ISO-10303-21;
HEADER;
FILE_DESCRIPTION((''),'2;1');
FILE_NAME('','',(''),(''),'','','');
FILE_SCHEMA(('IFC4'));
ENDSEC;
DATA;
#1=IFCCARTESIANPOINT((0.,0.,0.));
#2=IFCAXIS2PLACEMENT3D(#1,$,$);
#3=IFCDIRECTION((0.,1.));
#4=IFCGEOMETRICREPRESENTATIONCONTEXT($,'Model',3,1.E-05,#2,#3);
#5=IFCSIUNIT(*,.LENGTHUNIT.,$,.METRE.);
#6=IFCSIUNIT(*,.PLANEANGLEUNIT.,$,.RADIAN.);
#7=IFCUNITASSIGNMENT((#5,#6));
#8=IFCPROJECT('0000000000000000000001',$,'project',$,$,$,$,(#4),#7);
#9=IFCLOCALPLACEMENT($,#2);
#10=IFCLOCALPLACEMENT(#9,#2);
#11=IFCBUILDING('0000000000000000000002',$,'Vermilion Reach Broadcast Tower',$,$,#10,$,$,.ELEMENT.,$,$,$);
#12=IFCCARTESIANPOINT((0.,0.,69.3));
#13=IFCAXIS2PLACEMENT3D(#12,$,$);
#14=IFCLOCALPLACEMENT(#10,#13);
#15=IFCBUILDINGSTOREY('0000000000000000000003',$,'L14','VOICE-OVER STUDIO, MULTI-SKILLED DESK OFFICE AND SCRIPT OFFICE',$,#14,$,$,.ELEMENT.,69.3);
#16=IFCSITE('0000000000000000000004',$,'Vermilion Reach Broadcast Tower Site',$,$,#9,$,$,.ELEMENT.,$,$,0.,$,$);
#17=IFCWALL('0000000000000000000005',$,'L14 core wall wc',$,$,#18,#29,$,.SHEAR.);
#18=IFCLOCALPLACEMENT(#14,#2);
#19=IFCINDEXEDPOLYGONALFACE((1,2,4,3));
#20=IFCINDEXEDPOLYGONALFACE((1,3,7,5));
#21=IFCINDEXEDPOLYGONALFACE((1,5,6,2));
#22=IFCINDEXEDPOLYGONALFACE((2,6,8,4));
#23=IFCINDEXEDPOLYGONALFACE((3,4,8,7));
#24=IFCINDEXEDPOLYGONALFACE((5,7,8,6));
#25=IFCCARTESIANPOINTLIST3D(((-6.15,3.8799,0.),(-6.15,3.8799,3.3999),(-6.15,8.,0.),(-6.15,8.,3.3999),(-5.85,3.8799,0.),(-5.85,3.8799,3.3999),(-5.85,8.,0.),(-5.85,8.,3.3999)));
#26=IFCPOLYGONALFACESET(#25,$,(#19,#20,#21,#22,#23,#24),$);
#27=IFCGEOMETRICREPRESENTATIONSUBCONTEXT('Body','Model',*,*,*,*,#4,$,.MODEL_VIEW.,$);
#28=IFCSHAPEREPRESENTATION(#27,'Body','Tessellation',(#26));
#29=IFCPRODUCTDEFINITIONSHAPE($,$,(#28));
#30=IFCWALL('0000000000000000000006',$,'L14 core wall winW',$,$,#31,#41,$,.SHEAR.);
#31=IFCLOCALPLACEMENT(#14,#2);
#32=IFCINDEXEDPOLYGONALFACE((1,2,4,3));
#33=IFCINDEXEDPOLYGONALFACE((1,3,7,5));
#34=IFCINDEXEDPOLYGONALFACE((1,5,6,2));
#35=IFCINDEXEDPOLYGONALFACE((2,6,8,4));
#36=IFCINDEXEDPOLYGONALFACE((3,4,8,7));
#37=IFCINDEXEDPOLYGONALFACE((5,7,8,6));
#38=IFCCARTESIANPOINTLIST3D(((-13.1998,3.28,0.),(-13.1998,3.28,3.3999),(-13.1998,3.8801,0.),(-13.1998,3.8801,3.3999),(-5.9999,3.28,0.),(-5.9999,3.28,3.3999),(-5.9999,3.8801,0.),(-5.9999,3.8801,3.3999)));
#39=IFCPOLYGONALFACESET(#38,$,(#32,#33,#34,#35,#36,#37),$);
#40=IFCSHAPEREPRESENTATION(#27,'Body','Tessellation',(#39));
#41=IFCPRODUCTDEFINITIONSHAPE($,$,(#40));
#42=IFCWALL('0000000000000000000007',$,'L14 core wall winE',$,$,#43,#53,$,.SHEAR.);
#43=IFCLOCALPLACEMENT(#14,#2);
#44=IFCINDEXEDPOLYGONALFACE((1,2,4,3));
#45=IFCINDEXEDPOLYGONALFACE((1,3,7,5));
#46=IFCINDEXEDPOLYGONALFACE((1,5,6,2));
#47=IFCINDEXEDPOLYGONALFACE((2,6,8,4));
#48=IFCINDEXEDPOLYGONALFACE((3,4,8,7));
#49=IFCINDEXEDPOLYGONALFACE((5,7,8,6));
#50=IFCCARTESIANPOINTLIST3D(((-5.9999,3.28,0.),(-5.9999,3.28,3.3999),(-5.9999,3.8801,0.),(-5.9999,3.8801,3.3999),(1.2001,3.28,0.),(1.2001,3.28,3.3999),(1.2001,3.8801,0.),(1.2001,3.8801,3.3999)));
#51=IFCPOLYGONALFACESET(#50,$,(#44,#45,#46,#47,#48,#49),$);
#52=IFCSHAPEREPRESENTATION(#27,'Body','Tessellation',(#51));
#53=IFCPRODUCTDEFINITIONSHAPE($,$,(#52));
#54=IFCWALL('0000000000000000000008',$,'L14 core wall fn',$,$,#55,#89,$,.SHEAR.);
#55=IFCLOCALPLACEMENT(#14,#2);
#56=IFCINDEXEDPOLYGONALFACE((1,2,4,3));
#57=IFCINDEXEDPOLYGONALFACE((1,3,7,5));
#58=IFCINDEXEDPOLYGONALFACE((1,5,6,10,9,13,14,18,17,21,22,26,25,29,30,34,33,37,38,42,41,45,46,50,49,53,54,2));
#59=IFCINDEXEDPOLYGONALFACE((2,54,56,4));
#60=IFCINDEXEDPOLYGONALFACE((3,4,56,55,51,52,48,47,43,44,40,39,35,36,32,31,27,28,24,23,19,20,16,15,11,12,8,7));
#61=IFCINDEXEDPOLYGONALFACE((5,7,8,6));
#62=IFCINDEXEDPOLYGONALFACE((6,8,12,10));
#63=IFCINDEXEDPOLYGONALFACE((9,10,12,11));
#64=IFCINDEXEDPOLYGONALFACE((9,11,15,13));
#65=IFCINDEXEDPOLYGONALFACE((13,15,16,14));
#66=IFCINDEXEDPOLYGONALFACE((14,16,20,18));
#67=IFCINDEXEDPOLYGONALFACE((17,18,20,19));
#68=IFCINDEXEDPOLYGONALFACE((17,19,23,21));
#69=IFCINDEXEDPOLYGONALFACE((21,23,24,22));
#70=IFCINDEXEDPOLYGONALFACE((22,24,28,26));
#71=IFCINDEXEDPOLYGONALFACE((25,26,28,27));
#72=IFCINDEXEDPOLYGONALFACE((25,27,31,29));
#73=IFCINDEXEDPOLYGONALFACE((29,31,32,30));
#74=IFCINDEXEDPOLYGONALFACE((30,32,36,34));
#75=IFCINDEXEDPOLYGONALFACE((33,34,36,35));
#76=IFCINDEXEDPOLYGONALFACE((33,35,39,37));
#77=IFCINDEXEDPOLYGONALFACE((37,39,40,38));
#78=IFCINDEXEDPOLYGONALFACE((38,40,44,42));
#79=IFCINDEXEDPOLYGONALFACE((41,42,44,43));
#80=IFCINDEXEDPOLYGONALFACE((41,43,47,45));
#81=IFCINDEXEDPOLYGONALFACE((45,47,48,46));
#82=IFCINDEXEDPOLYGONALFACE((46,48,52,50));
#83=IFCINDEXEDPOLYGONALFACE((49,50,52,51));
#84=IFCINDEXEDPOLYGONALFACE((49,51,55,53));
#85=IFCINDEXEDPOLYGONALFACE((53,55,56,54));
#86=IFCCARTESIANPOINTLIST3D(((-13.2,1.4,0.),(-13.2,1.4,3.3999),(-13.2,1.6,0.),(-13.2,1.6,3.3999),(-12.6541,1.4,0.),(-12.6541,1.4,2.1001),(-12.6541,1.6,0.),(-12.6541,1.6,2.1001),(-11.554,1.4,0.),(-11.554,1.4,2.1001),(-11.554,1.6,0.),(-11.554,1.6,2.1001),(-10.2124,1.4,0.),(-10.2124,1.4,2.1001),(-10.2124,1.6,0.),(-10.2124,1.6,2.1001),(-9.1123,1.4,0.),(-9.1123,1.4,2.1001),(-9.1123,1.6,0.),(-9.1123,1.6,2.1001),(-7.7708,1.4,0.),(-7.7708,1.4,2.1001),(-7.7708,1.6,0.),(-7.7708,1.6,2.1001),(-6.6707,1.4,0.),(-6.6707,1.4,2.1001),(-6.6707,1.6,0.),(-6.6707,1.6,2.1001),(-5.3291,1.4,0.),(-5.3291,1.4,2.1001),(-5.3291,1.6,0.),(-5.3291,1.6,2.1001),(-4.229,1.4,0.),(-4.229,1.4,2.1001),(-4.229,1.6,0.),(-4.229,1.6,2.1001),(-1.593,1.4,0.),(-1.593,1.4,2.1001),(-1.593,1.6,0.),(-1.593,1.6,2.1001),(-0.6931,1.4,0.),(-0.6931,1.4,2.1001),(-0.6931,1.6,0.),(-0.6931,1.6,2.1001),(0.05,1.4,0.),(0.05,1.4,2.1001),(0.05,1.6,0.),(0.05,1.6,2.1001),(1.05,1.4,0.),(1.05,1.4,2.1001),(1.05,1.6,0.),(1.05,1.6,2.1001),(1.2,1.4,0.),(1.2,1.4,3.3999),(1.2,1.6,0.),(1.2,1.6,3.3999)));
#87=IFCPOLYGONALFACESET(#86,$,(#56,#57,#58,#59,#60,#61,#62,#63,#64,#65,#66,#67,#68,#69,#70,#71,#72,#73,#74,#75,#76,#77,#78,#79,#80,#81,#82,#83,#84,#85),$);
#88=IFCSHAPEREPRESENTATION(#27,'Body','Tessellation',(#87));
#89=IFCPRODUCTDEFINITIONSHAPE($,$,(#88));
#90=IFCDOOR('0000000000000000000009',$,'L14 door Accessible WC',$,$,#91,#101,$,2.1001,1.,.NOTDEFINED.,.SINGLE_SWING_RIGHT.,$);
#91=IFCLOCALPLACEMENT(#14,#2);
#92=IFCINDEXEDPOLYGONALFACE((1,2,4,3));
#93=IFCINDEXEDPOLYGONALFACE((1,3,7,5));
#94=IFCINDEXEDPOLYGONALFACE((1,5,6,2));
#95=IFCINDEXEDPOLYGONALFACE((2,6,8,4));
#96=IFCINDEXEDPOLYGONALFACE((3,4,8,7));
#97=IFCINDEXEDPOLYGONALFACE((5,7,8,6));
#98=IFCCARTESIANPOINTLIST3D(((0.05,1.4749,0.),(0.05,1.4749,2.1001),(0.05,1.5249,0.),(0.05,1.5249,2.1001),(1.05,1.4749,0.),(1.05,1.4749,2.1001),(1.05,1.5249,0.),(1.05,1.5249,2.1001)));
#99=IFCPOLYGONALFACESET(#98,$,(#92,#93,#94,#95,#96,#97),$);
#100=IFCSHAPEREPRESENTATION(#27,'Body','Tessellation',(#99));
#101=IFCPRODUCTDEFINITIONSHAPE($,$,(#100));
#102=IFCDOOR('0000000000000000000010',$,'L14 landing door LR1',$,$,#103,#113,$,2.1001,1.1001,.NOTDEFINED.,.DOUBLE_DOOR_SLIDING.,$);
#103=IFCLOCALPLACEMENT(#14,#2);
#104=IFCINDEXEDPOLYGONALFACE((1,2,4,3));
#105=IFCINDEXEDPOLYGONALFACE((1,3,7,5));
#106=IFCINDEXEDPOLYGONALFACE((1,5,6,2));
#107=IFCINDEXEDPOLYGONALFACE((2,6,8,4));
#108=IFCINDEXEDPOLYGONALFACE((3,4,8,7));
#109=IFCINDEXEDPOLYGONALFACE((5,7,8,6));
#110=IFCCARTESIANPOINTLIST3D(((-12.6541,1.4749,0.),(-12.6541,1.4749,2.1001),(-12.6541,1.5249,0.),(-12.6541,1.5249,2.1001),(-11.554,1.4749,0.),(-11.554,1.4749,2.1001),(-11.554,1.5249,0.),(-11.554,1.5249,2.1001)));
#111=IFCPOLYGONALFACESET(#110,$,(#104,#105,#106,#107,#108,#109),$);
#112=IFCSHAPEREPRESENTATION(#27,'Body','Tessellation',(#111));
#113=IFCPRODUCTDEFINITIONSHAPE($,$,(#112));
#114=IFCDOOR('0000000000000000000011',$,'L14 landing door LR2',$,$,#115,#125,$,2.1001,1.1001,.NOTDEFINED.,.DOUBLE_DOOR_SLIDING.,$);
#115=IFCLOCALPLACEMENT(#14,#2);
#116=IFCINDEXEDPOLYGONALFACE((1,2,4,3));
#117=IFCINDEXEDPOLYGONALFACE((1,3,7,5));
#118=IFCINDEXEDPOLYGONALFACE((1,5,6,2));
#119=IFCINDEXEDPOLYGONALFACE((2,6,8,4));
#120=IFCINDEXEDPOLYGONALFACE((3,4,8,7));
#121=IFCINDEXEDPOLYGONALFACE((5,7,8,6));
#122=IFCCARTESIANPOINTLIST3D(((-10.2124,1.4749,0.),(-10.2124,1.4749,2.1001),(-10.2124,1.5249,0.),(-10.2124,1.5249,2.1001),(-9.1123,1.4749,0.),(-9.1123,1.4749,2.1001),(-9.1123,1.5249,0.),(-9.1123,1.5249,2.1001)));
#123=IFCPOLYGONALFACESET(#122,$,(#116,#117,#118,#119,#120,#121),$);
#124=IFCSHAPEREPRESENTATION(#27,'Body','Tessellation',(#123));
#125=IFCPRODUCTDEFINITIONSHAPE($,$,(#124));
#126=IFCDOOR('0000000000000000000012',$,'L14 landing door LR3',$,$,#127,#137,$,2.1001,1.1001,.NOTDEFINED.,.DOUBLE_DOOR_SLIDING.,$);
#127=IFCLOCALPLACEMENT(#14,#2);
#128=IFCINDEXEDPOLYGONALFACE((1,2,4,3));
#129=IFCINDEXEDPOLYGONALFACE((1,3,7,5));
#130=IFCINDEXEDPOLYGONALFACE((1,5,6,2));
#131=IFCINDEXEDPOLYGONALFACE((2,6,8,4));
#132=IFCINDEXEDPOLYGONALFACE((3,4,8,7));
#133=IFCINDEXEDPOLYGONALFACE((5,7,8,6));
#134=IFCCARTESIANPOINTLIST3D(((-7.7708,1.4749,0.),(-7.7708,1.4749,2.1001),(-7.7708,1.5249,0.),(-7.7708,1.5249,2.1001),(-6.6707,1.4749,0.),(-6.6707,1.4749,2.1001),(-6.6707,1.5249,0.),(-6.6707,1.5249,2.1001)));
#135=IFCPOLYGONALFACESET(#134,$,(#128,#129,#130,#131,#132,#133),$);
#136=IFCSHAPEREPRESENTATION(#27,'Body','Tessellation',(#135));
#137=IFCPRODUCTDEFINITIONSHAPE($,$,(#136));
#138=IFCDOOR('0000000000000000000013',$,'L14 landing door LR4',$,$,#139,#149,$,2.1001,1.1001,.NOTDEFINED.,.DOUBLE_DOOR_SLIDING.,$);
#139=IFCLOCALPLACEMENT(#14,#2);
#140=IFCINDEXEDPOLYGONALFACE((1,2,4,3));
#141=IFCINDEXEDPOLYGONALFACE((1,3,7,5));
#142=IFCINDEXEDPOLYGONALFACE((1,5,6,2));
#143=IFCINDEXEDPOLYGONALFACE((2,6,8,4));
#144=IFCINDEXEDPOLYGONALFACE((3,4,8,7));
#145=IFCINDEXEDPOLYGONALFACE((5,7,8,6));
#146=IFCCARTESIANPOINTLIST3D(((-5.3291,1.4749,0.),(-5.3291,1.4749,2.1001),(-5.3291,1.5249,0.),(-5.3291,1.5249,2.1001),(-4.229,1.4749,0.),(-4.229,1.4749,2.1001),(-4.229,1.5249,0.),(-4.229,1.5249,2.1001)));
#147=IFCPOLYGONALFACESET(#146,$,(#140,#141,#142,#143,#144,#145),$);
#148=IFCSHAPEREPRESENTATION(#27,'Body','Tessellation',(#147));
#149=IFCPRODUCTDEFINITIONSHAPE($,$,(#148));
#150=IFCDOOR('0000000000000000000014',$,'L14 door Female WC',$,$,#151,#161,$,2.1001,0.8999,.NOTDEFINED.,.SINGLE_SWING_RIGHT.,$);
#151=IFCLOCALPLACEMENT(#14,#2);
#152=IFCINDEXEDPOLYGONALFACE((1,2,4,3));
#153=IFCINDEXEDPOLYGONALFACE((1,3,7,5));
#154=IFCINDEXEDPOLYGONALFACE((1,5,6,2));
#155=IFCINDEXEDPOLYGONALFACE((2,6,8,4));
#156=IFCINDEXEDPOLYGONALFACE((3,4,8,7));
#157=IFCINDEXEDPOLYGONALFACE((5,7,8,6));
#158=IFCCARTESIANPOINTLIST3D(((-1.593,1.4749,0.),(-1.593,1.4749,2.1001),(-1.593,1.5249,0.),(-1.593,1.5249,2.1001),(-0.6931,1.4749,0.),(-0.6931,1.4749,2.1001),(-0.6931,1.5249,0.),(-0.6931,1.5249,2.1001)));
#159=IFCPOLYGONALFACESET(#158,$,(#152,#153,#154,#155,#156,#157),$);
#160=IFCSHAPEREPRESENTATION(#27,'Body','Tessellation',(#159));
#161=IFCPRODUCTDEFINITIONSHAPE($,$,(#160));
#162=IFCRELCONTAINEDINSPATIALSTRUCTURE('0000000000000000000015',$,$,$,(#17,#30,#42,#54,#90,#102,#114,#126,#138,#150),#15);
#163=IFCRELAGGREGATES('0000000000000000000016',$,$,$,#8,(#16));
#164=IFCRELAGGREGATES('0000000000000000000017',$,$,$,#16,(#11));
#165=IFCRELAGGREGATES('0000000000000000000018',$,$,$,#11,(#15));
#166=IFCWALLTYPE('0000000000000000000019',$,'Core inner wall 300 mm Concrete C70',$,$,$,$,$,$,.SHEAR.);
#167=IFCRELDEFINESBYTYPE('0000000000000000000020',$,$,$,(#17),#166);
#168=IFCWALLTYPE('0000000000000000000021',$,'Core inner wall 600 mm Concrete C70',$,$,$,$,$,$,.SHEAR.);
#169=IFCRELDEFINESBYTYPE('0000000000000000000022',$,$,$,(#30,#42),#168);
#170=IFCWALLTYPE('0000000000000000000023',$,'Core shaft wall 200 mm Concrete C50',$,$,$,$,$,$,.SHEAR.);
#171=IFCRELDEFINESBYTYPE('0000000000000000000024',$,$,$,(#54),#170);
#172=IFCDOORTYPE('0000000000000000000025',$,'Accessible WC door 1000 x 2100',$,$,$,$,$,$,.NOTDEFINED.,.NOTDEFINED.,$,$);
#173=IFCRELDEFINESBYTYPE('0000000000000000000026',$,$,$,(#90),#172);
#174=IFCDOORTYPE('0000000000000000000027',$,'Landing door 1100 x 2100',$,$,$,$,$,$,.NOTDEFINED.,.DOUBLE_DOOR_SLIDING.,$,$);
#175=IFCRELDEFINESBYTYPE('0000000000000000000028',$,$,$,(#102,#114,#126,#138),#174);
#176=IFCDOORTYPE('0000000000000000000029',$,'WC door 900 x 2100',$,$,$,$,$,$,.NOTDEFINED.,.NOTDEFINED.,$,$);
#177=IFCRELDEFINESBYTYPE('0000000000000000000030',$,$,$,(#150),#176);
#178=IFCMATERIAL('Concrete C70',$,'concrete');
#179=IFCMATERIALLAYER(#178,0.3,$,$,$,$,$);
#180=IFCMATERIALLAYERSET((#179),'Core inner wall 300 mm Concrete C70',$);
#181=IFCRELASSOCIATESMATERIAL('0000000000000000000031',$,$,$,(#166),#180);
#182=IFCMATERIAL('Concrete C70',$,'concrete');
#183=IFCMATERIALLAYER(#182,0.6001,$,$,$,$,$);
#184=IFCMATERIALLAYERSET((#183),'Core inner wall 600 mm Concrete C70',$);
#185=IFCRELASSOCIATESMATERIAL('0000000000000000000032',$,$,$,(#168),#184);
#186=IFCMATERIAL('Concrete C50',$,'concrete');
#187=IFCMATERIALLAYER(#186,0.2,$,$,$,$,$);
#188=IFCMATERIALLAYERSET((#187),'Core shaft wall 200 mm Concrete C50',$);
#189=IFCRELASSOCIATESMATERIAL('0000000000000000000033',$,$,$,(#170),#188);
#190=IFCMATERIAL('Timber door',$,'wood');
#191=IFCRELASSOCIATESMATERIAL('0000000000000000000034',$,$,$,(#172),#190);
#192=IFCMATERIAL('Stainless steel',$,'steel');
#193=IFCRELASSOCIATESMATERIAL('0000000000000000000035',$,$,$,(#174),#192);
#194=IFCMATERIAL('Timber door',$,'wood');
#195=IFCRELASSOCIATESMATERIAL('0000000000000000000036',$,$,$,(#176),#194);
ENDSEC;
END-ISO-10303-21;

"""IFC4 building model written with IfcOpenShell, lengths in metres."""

from ifc_helpers import new_model, si_unit, direction, frame, frame_2d, origin, place, context, subcontext, project, spatial, rectangle, extrude, material, layer, layer_set, type_object, element, fill, save


model = new_model("IFC4")

# Units and contexts
model_context = context("Model", 3, precision=1e-05, world=origin(), true_north=direction((0.0, 1.0)))
body_context = subcontext(model_context, "Body", "Model", "MODEL_VIEW")
ifc_project = project(units=[si_unit("LENGTHUNIT", "METRE"), si_unit("PLANEANGLEUNIT", "RADIAN")], contexts=[model_context])

# Site, building, storey
site_placement = place(None, origin())
site = spatial("IfcSite", under=ifc_project, at=site_placement, Name="Vermilion Reach Broadcast Tower Site", CompositionType="ELEMENT", RefElevation=0.0)
building_placement = place(site_placement, origin())
building = spatial("IfcBuilding", under=site, at=building_placement, Name="Vermilion Reach Broadcast Tower", CompositionType="ELEMENT")
storey_placement = place(building_placement, frame((0.0, 0.0, 69.3)))
storey = spatial("IfcBuildingStorey", under=building, at=storey_placement, Name="L14", Description="VOICE-OVER STUDIO, MULTI-SKILLED DESK OFFICE AND SCRIPT OFFICE", CompositionType="ELEMENT", Elevation=69.3)

# Walls
ifc_material_1 = material(Name="Concrete C70", Category="concrete")
ifc_layer_1 = layer(ifc_material_1, 0.3)
ifc_layer_set_1 = layer_set([ifc_layer_1], Name="Core inner wall 300 mm Concrete C70")
wall_type_1 = type_object("IfcWallType", Name="Core inner wall 300 mm Concrete C70", PredefinedType="SHEAR", material=ifc_layer_set_1)
wall_1_placement = place(storey_placement, frame((-6.0, 3.8799, 0.0), z_axis=(0.0, 0.0, 1.0), x_axis=(0.0, 1.0, 0.0)))
element("IfcWall", 1, at=wall_1_placement, inside=storey, type_object=wall_type_1, Name="L14 core wall wc", PredefinedType="SHEAR", context=body_context, shape_type="SweptSolid", body=[
    extrude(rectangle(XDim=4.1201, YDim=0.3, at=frame_2d((2.0601, 0.0))), origin(), (0.0, 0.0, 1.0), 3.3999),
])
ifc_material_2 = material(Name="Concrete C70", Category="concrete")
ifc_layer_2 = layer(ifc_material_2, 0.6001)
ifc_layer_set_2 = layer_set([ifc_layer_2], Name="Core inner wall 600 mm Concrete C70")
wall_type_2 = type_object("IfcWallType", Name="Core inner wall 600 mm Concrete C70", PredefinedType="SHEAR", material=ifc_layer_set_2)
for number, where, z_axis, x_axis, name in (
    (2, (-13.2, 3.5801, 0.0), (0.0, 0.0, 1.0), (1.0, 0.0, 0.0), "L14 core wall winW"),
    (3, (-6.0, 3.5801, 0.0), (0.0, 0.0, 1.0), (1.0, 0.0, 0.0), "L14 core wall winE"),
):
    element("IfcWall", number, at=place(storey_placement, frame(where, z_axis=z_axis, x_axis=x_axis)), inside=storey, type_object=wall_type_2, Name=name, PredefinedType="SHEAR", context=body_context, shape_type="SweptSolid", body=[
        extrude(rectangle(XDim=7.2, YDim=0.6001, at=frame_2d((3.6001, 0.0))), origin(), (0.0, 0.0, 1.0), 3.3999),
    ])

# Wall, openings, doors
ifc_material_3 = material(Name="Concrete C50", Category="concrete")
ifc_layer_3 = layer(ifc_material_3, 0.2)
ifc_layer_set_3 = layer_set([ifc_layer_3], Name="Core shaft wall 200 mm Concrete C50")
wall_type_3 = type_object("IfcWallType", Name="Core shaft wall 200 mm Concrete C50", PredefinedType="SHEAR", material=ifc_layer_set_3)
wall_2_placement = place(storey_placement, frame((-13.2, 1.5, 0.0), z_axis=(0.0, 0.0, 1.0), x_axis=(1.0, 0.0, 0.0)))
wall_2 = element("IfcWall", 4, at=wall_2_placement, inside=storey, type_object=wall_type_3, Name="L14 core wall fn", PredefinedType="SHEAR", context=body_context, shape_type="SweptSolid", body=[
    extrude(rectangle(XDim=14.3999, YDim=0.2, at=frame_2d((7.2, 0.0))), origin(), (0.0, 0.0, 1.0), 3.3999),
])
opening_1_placement = place(wall_2_placement, frame((0.5459, 0.0, 0.0)))
opening_1 = element("IfcOpeningElement", 5, at=opening_1_placement, cuts=wall_2, PredefinedType="OPENING", context=body_context, shape_type="SweptSolid", body=[
    extrude(rectangle(XDim=1.1001, YDim=2.1001, at=frame_2d((0.55, 1.05))), frame((0.0, 0.1099, 0.0), z_axis=(0.0, -1.0, 0.0), x_axis=(1.0, 0.0, 0.0)), (0.0, 0.0, 1.0), 0.22),
])
opening_2_placement = place(wall_2_placement, frame((2.9875, 0.0, 0.0)))
opening_2 = element("IfcOpeningElement", 6, at=opening_2_placement, cuts=wall_2, PredefinedType="OPENING", context=body_context, shape_type="SweptSolid", body=[
    extrude(rectangle(XDim=1.1001, YDim=2.1001, at=frame_2d((0.55, 1.05))), frame((0.0, 0.1099, 0.0), z_axis=(0.0, -1.0, 0.0), x_axis=(1.0, 0.0, 0.0)), (0.0, 0.0, 1.0), 0.22),
])
opening_3_placement = place(wall_2_placement, frame((5.4292, 0.0, 0.0)))
opening_3 = element("IfcOpeningElement", 7, at=opening_3_placement, cuts=wall_2, PredefinedType="OPENING", context=body_context, shape_type="SweptSolid", body=[
    extrude(rectangle(XDim=1.1001, YDim=2.1001, at=frame_2d((0.55, 1.05))), frame((0.0, 0.1099, 0.0), z_axis=(0.0, -1.0, 0.0), x_axis=(1.0, 0.0, 0.0)), (0.0, 0.0, 1.0), 0.22),
])
opening_4_placement = place(wall_2_placement, frame((7.8708, 0.0, 0.0)))
opening_4 = element("IfcOpeningElement", 8, at=opening_4_placement, cuts=wall_2, PredefinedType="OPENING", context=body_context, shape_type="SweptSolid", body=[
    extrude(rectangle(XDim=1.1001, YDim=2.1001, at=frame_2d((0.55, 1.05))), frame((0.0, 0.1099, 0.0), z_axis=(0.0, -1.0, 0.0), x_axis=(1.0, 0.0, 0.0)), (0.0, 0.0, 1.0), 0.22),
])
opening_5_placement = place(wall_2_placement, frame((11.6069, 0.0, 0.0)))
opening_5 = element("IfcOpeningElement", 9, at=opening_5_placement, cuts=wall_2, PredefinedType="OPENING", context=body_context, shape_type="SweptSolid", body=[
    extrude(rectangle(XDim=0.8999, YDim=2.1001, at=frame_2d((0.45, 1.05))), frame((0.0, 0.1099, 0.0), z_axis=(0.0, -1.0, 0.0), x_axis=(1.0, 0.0, 0.0)), (0.0, 0.0, 1.0), 0.22),
])
opening_6_placement = place(wall_2_placement, frame((13.25, 0.0, 0.0)))
opening_6 = element("IfcOpeningElement", 10, at=opening_6_placement, cuts=wall_2, PredefinedType="OPENING", context=body_context, shape_type="SweptSolid", body=[
    extrude(rectangle(XDim=1.0, YDim=2.1001, at=frame_2d((0.5, 1.05))), frame((0.0, 0.1099, 0.0), z_axis=(0.0, -1.0, 0.0), x_axis=(1.0, 0.0, 0.0)), (0.0, 0.0, 1.0), 0.22),
])
ifc_material_4 = material(Name="Timber door", Category="wood")
door_type_1 = type_object("IfcDoorType", Name="Accessible WC door 1000 x 2100", OperationType="NOTDEFINED", PredefinedType="NOTDEFINED", material=ifc_material_4)
door_1_placement = place(opening_6_placement, origin())
door_1 = element("IfcDoor", 11, at=door_1_placement, inside=storey, type_object=door_type_1, Name="L14 door Accessible WC", OperationType="SINGLE_SWING_RIGHT", OverallHeight=2.1001, OverallWidth=1.0, PredefinedType="NOTDEFINED", context=body_context, shape_type="SweptSolid", body=[
    extrude(rectangle(XDim=1.0, YDim=2.1001, at=frame_2d((0.5, 1.05))), frame((0.0, 0.0249, 0.0), z_axis=(0.0, -1.0, 0.0), x_axis=(1.0, 0.0, 0.0)), (0.0, 0.0, 1.0), 0.05),
])
fill(opening_6, door_1)
ifc_material_5 = material(Name="Stainless steel", Category="steel")
door_type_2 = type_object("IfcDoorType", Name="Landing door 1100 x 2100", OperationType="DOUBLE_DOOR_SLIDING", PredefinedType="NOTDEFINED", material=ifc_material_5)
door_2_placement = place(opening_1_placement, origin())
door_2 = element("IfcDoor", 12, at=door_2_placement, inside=storey, type_object=door_type_2, Name="L14 landing door LR1", OperationType="DOUBLE_DOOR_SLIDING", OverallHeight=2.1001, OverallWidth=1.1001, PredefinedType="NOTDEFINED", context=body_context, shape_type="SweptSolid", body=[
    extrude(rectangle(XDim=1.1001, YDim=2.1001, at=frame_2d((0.55, 1.05))), frame((0.0, 0.0249, 0.0), z_axis=(0.0, -1.0, 0.0), x_axis=(1.0, 0.0, 0.0)), (0.0, 0.0, 1.0), 0.05),
])
fill(opening_1, door_2)
door_3_placement = place(opening_2_placement, origin())
door_3 = element("IfcDoor", 13, at=door_3_placement, inside=storey, type_object=door_type_2, Name="L14 landing door LR2", OperationType="DOUBLE_DOOR_SLIDING", OverallHeight=2.1001, OverallWidth=1.1001, PredefinedType="NOTDEFINED", context=body_context, shape_type="SweptSolid", body=[
    extrude(rectangle(XDim=1.1001, YDim=2.1001, at=frame_2d((0.55, 1.05))), frame((0.0, 0.0249, 0.0), z_axis=(0.0, -1.0, 0.0), x_axis=(1.0, 0.0, 0.0)), (0.0, 0.0, 1.0), 0.05),
])
fill(opening_2, door_3)
door_4_placement = place(opening_3_placement, origin())
door_4 = element("IfcDoor", 14, at=door_4_placement, inside=storey, type_object=door_type_2, Name="L14 landing door LR3", OperationType="DOUBLE_DOOR_SLIDING", OverallHeight=2.1001, OverallWidth=1.1001, PredefinedType="NOTDEFINED", context=body_context, shape_type="SweptSolid", body=[
    extrude(rectangle(XDim=1.1001, YDim=2.1001, at=frame_2d((0.55, 1.05))), frame((0.0, 0.0249, 0.0), z_axis=(0.0, -1.0, 0.0), x_axis=(1.0, 0.0, 0.0)), (0.0, 0.0, 1.0), 0.05),
])
fill(opening_3, door_4)
door_5_placement = place(opening_4_placement, origin())
door_5 = element("IfcDoor", 15, at=door_5_placement, inside=storey, type_object=door_type_2, Name="L14 landing door LR4", OperationType="DOUBLE_DOOR_SLIDING", OverallHeight=2.1001, OverallWidth=1.1001, PredefinedType="NOTDEFINED", context=body_context, shape_type="SweptSolid", body=[
    extrude(rectangle(XDim=1.1001, YDim=2.1001, at=frame_2d((0.55, 1.05))), frame((0.0, 0.0249, 0.0), z_axis=(0.0, -1.0, 0.0), x_axis=(1.0, 0.0, 0.0)), (0.0, 0.0, 1.0), 0.05),
])
fill(opening_4, door_5)
ifc_material_6 = material(Name="Timber door", Category="wood")
door_type_3 = type_object("IfcDoorType", Name="WC door 900 x 2100", OperationType="NOTDEFINED", PredefinedType="NOTDEFINED", material=ifc_material_6)
door_6_placement = place(opening_5_placement, origin())
door_6 = element("IfcDoor", 16, at=door_6_placement, inside=storey, type_object=door_type_3, Name="L14 door Female WC", OperationType="SINGLE_SWING_RIGHT", OverallHeight=2.1001, OverallWidth=0.8999, PredefinedType="NOTDEFINED", context=body_context, shape_type="SweptSolid", body=[
    extrude(rectangle(XDim=0.8999, YDim=2.1001, at=frame_2d((0.45, 1.05))), frame((0.0, 0.0249, 0.0), z_axis=(0.0, -1.0, 0.0), x_axis=(1.0, 0.0, 0.0)), (0.0, 0.0, 1.0), 0.05),
])
fill(opening_5, door_6)

save(model, "model.ifc")
